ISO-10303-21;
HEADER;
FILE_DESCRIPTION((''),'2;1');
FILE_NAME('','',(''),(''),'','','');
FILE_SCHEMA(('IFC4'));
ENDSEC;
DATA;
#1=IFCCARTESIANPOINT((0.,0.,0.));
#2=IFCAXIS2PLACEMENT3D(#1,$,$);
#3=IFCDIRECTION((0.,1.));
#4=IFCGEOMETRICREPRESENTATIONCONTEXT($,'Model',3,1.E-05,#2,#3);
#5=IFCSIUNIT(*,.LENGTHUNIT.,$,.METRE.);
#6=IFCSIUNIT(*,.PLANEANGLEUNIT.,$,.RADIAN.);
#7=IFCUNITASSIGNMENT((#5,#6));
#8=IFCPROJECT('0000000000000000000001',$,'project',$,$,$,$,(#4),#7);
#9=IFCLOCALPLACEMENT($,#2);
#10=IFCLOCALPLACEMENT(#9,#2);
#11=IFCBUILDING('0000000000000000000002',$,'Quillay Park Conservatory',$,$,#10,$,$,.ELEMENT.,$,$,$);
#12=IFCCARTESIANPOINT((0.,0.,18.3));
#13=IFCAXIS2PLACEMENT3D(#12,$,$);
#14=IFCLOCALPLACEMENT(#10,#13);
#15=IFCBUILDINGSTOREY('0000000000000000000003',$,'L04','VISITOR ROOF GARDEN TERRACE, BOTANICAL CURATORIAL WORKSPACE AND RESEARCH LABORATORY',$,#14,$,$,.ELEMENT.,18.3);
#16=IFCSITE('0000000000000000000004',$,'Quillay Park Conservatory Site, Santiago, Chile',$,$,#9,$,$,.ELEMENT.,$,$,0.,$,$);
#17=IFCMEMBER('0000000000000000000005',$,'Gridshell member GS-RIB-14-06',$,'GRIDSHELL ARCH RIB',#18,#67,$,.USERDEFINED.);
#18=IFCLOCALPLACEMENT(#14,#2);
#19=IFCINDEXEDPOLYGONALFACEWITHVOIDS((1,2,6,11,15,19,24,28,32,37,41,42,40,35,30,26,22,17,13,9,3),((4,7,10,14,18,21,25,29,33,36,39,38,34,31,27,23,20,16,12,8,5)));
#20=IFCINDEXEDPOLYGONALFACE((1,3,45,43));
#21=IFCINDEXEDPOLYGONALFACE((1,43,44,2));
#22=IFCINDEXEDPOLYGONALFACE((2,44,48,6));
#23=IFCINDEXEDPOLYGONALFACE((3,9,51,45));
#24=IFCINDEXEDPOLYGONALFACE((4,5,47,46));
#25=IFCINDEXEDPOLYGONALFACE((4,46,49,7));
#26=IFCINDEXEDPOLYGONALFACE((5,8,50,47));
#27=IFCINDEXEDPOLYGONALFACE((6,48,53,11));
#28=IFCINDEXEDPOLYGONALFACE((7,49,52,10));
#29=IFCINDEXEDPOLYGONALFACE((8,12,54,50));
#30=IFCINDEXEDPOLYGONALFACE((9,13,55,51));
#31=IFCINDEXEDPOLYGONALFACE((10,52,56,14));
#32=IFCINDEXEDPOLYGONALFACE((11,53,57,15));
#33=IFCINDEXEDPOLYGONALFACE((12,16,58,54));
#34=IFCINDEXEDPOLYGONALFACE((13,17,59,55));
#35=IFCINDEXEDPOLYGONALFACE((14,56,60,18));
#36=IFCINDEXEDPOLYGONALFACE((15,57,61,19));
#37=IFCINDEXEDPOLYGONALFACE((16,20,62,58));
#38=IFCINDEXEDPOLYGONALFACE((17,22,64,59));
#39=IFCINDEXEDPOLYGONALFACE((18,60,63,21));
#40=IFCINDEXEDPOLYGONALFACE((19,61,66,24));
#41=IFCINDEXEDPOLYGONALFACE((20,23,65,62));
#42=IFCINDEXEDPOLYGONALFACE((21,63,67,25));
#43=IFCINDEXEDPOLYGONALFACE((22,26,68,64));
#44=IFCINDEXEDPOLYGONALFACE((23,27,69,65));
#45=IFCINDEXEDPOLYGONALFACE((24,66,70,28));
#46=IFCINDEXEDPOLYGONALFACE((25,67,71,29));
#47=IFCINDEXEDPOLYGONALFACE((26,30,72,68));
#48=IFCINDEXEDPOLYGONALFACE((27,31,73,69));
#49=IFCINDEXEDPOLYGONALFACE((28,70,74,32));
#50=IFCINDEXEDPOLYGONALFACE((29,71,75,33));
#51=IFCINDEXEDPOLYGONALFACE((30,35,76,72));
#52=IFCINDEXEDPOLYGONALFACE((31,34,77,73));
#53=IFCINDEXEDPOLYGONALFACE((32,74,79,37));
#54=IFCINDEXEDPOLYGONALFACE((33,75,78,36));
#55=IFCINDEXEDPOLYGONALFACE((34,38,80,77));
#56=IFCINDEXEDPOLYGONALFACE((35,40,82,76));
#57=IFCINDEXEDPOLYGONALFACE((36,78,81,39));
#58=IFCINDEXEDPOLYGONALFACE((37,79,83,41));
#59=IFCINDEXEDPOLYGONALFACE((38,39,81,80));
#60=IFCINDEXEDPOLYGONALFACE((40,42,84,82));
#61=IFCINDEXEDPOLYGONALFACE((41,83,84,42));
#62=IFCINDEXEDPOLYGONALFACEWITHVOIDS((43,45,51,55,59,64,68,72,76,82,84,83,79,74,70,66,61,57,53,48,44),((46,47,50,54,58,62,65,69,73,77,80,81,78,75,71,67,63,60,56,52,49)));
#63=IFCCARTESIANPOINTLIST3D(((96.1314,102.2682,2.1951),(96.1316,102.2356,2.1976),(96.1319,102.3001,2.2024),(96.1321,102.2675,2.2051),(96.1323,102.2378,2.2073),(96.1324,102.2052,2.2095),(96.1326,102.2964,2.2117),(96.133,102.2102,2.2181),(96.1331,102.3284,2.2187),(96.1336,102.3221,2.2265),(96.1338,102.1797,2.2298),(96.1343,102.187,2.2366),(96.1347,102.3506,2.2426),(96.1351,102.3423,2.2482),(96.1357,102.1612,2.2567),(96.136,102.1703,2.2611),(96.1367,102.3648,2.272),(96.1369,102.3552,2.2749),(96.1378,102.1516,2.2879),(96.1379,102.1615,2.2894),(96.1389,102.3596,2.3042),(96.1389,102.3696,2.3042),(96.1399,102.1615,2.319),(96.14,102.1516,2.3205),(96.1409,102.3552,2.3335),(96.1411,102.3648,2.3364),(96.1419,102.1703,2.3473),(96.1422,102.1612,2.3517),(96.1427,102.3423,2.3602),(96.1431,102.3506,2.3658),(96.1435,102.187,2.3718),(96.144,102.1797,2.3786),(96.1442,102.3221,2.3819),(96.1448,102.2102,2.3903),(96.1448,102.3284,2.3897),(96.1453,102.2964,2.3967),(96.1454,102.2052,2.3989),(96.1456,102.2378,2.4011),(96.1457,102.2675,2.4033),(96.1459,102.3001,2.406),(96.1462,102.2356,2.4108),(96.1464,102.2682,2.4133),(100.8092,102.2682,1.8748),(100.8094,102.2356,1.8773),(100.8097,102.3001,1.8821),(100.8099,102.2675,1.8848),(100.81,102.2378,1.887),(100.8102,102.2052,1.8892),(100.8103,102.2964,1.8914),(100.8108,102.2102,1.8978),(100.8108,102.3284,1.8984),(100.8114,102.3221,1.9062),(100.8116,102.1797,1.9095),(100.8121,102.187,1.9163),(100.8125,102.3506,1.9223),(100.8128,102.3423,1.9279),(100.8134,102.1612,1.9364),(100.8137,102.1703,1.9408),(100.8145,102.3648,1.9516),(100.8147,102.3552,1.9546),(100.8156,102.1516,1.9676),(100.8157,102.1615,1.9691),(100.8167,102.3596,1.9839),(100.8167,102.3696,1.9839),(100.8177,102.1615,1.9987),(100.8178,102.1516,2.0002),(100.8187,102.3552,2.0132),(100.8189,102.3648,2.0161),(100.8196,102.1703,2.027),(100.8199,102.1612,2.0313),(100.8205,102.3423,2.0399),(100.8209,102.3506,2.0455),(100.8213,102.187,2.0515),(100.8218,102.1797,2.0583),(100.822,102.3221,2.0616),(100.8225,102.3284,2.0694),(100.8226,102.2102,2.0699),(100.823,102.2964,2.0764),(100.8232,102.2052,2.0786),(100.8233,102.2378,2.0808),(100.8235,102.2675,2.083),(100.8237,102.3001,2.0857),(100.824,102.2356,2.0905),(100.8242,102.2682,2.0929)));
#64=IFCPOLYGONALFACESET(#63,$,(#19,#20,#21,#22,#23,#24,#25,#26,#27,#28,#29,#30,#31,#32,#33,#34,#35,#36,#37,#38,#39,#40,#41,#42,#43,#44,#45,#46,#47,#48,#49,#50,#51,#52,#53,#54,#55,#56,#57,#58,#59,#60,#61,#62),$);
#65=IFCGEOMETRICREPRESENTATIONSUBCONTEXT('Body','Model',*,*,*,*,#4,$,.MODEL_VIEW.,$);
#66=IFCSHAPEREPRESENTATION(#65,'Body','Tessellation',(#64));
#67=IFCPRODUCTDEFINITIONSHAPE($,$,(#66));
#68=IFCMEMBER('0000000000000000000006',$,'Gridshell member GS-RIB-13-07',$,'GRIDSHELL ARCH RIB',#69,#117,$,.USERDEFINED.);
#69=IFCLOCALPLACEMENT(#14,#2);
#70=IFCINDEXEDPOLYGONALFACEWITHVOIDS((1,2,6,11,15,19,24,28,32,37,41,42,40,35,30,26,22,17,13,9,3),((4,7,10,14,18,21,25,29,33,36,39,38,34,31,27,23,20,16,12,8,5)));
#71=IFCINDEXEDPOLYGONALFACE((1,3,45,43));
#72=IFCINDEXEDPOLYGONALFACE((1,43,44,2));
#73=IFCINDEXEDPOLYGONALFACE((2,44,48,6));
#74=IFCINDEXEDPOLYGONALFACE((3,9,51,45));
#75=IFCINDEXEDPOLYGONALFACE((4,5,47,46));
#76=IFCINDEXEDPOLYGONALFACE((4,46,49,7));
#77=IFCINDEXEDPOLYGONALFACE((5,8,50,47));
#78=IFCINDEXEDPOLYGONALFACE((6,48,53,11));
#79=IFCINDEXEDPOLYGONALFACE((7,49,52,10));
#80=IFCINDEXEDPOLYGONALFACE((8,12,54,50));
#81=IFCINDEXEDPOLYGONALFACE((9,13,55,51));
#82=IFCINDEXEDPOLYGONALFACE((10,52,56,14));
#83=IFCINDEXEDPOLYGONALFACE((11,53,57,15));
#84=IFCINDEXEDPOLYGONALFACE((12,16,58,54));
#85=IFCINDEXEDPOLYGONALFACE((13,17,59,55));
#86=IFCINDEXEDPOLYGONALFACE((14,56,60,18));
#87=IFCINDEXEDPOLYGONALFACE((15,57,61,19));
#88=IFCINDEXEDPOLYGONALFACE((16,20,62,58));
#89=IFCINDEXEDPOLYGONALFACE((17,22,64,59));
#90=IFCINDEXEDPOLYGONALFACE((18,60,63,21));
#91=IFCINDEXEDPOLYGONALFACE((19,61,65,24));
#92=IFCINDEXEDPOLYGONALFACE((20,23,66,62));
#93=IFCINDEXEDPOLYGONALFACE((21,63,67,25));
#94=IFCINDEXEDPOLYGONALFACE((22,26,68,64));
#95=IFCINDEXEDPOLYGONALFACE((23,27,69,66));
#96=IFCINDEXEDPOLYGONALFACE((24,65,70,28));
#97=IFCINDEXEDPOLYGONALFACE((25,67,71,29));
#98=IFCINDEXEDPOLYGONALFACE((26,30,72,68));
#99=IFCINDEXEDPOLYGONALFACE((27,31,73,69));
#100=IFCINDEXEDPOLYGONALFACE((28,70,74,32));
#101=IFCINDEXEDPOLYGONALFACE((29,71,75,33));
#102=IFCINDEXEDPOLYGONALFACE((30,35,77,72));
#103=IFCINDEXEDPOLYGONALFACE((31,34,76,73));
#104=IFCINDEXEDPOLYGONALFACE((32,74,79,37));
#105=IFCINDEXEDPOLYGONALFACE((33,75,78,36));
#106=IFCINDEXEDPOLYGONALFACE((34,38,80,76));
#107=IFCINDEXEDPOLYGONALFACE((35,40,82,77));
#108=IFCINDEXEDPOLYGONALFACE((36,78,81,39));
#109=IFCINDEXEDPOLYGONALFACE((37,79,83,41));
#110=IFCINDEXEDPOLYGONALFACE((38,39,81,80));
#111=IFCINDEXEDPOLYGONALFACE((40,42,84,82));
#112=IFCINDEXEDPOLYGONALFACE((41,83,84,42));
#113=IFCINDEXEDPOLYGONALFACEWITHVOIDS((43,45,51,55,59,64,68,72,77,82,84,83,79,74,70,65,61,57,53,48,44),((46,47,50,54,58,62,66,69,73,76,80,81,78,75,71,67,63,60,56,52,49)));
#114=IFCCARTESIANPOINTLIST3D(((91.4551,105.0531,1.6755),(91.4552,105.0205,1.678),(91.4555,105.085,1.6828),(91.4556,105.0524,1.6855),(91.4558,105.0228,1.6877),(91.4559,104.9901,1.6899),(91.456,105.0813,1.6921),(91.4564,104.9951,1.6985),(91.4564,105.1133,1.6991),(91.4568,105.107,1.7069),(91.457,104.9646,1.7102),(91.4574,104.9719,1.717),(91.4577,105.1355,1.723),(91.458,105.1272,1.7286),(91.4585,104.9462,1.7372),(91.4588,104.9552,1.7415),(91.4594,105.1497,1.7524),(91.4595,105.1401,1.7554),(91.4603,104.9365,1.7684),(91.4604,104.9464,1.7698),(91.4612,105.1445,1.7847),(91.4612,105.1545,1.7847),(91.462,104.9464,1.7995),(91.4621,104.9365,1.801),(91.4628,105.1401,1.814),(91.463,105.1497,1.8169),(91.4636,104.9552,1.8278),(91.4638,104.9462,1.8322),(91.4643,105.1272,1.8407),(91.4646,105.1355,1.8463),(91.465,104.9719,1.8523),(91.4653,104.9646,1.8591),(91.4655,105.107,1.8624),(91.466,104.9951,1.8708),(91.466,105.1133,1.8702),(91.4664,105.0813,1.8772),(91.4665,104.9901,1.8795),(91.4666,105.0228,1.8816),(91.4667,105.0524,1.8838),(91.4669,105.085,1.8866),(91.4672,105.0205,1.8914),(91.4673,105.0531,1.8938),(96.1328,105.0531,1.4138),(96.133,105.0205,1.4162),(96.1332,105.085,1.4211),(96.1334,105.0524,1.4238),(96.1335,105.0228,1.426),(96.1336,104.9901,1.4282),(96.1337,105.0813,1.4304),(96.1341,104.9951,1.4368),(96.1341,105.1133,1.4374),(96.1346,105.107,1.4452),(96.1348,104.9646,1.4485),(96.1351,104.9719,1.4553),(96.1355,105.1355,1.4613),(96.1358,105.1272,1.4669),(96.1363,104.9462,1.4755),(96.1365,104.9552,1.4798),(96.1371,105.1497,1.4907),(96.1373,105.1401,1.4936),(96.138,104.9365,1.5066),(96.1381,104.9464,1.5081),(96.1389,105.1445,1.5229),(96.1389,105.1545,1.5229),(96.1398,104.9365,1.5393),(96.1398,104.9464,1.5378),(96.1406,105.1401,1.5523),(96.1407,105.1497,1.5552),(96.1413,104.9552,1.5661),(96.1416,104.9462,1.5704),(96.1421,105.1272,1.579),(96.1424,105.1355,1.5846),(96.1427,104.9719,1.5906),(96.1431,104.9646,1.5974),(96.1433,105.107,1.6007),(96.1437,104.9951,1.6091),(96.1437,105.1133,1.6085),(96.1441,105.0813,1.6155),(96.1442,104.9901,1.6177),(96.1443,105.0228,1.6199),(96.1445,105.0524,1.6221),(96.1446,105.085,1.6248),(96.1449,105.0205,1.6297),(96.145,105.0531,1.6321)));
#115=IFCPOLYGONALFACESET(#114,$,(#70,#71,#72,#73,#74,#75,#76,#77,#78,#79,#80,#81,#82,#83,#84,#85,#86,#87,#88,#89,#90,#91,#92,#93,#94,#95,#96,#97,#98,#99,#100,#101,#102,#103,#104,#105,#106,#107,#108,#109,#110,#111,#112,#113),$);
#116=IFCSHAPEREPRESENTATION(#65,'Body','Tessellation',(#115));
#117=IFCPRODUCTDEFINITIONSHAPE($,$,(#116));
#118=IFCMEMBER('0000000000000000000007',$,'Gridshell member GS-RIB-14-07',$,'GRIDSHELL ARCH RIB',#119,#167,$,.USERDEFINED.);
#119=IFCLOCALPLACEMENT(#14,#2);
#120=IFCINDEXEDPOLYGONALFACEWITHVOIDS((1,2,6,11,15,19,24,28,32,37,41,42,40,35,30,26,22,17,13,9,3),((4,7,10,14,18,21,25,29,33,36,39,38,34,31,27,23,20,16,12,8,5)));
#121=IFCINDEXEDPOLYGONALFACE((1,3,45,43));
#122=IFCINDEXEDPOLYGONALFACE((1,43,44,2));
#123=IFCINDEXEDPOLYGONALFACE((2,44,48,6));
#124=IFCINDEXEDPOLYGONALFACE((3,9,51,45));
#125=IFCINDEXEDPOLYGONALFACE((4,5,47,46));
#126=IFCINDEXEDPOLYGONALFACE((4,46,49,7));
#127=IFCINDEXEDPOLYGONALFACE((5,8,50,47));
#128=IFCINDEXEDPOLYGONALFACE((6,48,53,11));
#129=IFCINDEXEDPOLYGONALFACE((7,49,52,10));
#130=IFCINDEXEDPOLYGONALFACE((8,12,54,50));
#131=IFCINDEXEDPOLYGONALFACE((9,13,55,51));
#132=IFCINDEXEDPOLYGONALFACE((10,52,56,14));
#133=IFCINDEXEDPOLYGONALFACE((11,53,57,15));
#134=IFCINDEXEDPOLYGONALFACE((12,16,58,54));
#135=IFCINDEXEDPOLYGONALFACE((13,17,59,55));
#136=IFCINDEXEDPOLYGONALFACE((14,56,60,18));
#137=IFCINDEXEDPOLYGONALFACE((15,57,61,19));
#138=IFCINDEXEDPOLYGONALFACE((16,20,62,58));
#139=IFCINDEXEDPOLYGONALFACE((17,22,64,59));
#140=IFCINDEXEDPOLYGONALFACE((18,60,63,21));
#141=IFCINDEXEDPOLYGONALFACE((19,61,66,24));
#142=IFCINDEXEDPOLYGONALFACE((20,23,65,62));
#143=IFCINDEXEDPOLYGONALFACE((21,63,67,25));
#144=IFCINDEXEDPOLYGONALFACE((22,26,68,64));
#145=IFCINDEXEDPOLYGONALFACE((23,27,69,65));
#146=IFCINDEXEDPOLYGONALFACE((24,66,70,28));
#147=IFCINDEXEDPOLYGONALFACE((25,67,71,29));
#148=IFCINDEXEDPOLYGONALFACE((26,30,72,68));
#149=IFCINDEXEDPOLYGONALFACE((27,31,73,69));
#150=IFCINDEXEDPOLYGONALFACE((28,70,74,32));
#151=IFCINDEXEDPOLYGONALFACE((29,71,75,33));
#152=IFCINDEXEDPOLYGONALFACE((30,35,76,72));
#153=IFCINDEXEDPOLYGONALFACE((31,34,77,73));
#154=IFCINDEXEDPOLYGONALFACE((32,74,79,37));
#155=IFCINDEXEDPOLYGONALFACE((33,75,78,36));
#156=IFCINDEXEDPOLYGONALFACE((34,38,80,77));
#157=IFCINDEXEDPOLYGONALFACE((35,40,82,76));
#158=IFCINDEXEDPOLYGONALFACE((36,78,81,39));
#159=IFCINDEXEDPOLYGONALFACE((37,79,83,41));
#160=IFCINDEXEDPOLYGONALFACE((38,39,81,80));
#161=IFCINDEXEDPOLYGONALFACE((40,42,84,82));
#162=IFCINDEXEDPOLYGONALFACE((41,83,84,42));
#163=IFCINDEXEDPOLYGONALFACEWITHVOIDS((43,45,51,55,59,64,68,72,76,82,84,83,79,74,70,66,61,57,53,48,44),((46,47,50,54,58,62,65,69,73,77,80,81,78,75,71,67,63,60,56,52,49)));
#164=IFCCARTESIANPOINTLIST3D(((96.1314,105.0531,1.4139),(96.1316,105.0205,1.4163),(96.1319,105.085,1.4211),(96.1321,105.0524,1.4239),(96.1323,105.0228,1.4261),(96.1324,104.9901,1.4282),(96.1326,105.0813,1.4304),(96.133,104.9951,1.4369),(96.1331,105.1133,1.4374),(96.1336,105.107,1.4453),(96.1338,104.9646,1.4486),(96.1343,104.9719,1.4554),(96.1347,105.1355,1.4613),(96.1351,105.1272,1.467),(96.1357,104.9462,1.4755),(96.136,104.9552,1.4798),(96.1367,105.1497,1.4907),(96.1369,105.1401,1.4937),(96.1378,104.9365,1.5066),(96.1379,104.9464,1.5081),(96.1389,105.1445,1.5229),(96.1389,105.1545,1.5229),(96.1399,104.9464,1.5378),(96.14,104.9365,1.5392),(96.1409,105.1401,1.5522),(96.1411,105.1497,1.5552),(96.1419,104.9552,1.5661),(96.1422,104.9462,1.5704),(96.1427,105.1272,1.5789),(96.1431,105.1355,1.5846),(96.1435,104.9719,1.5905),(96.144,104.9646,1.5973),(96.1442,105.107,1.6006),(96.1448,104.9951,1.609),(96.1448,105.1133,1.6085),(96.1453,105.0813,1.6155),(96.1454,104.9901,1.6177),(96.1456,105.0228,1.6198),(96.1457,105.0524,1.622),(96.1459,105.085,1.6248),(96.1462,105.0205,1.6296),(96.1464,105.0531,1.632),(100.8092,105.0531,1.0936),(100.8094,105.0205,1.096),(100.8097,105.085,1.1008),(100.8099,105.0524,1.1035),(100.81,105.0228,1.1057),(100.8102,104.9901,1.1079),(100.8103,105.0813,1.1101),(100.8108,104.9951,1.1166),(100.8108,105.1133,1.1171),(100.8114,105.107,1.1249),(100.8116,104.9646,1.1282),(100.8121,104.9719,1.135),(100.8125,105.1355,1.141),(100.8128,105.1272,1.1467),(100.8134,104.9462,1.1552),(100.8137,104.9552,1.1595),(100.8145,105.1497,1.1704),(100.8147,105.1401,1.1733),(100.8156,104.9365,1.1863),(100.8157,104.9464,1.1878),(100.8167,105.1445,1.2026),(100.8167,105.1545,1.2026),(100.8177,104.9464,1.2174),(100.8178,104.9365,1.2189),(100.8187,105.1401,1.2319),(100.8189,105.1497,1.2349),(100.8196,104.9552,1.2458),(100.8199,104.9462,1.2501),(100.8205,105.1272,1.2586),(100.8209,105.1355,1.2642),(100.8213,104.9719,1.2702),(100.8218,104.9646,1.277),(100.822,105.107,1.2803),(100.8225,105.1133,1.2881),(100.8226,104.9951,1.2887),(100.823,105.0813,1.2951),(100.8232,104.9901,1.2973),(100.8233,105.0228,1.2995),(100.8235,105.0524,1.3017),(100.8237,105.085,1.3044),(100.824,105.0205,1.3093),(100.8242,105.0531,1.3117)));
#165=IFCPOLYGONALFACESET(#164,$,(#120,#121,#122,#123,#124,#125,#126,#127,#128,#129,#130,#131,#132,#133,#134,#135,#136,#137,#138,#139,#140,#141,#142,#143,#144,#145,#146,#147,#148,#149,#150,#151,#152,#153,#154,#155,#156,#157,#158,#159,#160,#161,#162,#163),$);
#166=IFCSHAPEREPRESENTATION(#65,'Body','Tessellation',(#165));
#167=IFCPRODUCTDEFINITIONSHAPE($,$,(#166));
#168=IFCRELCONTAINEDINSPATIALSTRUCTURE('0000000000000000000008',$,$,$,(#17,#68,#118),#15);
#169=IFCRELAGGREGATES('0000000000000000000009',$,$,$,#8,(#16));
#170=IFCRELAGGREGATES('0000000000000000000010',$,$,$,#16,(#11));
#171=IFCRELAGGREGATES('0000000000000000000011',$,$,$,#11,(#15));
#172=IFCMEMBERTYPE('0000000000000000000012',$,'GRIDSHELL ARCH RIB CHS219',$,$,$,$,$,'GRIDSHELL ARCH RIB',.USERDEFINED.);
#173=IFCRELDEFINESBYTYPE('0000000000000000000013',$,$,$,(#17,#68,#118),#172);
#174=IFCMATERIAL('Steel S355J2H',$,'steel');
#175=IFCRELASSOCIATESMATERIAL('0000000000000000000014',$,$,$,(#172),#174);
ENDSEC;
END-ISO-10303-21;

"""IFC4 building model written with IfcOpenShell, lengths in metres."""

from ifc_helpers import new_model, si_unit, direction, frame, origin, origin_2d, place, context, subcontext, project, spatial, hollow_circle, extrude, material, material_profile, profile_set, type_object, element, save


model = new_model("IFC4")

# Units and contexts
model_context = context("Model", 3, precision=1e-05, world=origin(), true_north=direction((0.0, 1.0)))
body_context = subcontext(model_context, "Body", "Model", "MODEL_VIEW")
ifc_project = project(units=[si_unit("LENGTHUNIT", "METRE"), si_unit("PLANEANGLEUNIT", "RADIAN")], contexts=[model_context])

# Site, building, storey
site_placement = place(None, origin())
site = spatial("IfcSite", under=ifc_project, at=site_placement, Name="Quillay Park Conservatory Site, Santiago, Chile", CompositionType="ELEMENT", RefElevation=0.0)
building_placement = place(site_placement, origin())
building = spatial("IfcBuilding", under=site, at=building_placement, Name="Quillay Park Conservatory", CompositionType="ELEMENT")
storey_placement = place(building_placement, frame((0.0, 0.0, 18.3)))
storey = spatial("IfcBuildingStorey", under=building, at=storey_placement, Name="L04", Description="VISITOR ROOF GARDEN TERRACE, BOTANICAL CURATORIAL WORKSPACE AND RESEARCH LABORATORY", CompositionType="ELEMENT", Elevation=18.3)

# Members
ifc_material_1 = material(Name="Steel S355J2H", Category="steel")
ifc_material_profile_1 = material_profile(ifc_material_1, hollow_circle(Radius=0.1096, WallThickness=0.01, at=origin_2d()), Name="CHS219.1x10")
ifc_profile_set_1 = profile_set([ifc_material_profile_1], Name="Steel S355J2H")
member_type = type_object("IfcMemberType", Name="GRIDSHELL ARCH RIB CHS219", ElementType="GRIDSHELL ARCH RIB", PredefinedType="USERDEFINED", material=ifc_profile_set_1)
member_1_placement = place(storey_placement, frame((96.1389, 102.26, 2.3042), z_axis=(0.997664, 0.0, -0.068316), x_axis=(0.0, 1.0, 0.0)))
element("IfcMember", 1, at=member_1_placement, inside=storey, type_object=member_type, Name="Gridshell member GS-RIB-14-06", ObjectType="GRIDSHELL ARCH RIB", PredefinedType="USERDEFINED", context=body_context, shape_type="SweptSolid", body=[
    extrude(hollow_circle(Radius=0.1096, WallThickness=0.01, at=origin_2d()), origin(), (0.0, 0.0, 1.0), 4.6887),
])
member_2_placement = place(storey_placement, frame((91.4612, 105.0449, 1.7847), z_axis=(0.998438, 0.0, -0.055863), x_axis=(0.0, 1.0, 0.0)))
element("IfcMember", 2, at=member_2_placement, inside=storey, type_object=member_type, Name="Gridshell member GS-RIB-13-07", ObjectType="GRIDSHELL ARCH RIB", PredefinedType="USERDEFINED", context=body_context, shape_type="SweptSolid", body=[
    extrude(hollow_circle(Radius=0.1096, WallThickness=0.01, at=origin_2d()), origin(), (0.0, 0.0, 1.0), 4.6851),
])
member_3_placement = place(storey_placement, frame((96.1389, 105.0449, 1.5229), z_axis=(0.997664, 0.0, -0.068316), x_axis=(0.0, 1.0, 0.0)))
element("IfcMember", 3, at=member_3_placement, inside=storey, type_object=member_type, Name="Gridshell member GS-RIB-14-07", ObjectType="GRIDSHELL ARCH RIB", PredefinedType="USERDEFINED", context=body_context, shape_type="SweptSolid", body=[
    extrude(hollow_circle(Radius=0.1096, WallThickness=0.01, at=origin_2d()), origin(), (0.0, 0.0, 1.0), 4.6887),
])

save(model, "model.ifc")
